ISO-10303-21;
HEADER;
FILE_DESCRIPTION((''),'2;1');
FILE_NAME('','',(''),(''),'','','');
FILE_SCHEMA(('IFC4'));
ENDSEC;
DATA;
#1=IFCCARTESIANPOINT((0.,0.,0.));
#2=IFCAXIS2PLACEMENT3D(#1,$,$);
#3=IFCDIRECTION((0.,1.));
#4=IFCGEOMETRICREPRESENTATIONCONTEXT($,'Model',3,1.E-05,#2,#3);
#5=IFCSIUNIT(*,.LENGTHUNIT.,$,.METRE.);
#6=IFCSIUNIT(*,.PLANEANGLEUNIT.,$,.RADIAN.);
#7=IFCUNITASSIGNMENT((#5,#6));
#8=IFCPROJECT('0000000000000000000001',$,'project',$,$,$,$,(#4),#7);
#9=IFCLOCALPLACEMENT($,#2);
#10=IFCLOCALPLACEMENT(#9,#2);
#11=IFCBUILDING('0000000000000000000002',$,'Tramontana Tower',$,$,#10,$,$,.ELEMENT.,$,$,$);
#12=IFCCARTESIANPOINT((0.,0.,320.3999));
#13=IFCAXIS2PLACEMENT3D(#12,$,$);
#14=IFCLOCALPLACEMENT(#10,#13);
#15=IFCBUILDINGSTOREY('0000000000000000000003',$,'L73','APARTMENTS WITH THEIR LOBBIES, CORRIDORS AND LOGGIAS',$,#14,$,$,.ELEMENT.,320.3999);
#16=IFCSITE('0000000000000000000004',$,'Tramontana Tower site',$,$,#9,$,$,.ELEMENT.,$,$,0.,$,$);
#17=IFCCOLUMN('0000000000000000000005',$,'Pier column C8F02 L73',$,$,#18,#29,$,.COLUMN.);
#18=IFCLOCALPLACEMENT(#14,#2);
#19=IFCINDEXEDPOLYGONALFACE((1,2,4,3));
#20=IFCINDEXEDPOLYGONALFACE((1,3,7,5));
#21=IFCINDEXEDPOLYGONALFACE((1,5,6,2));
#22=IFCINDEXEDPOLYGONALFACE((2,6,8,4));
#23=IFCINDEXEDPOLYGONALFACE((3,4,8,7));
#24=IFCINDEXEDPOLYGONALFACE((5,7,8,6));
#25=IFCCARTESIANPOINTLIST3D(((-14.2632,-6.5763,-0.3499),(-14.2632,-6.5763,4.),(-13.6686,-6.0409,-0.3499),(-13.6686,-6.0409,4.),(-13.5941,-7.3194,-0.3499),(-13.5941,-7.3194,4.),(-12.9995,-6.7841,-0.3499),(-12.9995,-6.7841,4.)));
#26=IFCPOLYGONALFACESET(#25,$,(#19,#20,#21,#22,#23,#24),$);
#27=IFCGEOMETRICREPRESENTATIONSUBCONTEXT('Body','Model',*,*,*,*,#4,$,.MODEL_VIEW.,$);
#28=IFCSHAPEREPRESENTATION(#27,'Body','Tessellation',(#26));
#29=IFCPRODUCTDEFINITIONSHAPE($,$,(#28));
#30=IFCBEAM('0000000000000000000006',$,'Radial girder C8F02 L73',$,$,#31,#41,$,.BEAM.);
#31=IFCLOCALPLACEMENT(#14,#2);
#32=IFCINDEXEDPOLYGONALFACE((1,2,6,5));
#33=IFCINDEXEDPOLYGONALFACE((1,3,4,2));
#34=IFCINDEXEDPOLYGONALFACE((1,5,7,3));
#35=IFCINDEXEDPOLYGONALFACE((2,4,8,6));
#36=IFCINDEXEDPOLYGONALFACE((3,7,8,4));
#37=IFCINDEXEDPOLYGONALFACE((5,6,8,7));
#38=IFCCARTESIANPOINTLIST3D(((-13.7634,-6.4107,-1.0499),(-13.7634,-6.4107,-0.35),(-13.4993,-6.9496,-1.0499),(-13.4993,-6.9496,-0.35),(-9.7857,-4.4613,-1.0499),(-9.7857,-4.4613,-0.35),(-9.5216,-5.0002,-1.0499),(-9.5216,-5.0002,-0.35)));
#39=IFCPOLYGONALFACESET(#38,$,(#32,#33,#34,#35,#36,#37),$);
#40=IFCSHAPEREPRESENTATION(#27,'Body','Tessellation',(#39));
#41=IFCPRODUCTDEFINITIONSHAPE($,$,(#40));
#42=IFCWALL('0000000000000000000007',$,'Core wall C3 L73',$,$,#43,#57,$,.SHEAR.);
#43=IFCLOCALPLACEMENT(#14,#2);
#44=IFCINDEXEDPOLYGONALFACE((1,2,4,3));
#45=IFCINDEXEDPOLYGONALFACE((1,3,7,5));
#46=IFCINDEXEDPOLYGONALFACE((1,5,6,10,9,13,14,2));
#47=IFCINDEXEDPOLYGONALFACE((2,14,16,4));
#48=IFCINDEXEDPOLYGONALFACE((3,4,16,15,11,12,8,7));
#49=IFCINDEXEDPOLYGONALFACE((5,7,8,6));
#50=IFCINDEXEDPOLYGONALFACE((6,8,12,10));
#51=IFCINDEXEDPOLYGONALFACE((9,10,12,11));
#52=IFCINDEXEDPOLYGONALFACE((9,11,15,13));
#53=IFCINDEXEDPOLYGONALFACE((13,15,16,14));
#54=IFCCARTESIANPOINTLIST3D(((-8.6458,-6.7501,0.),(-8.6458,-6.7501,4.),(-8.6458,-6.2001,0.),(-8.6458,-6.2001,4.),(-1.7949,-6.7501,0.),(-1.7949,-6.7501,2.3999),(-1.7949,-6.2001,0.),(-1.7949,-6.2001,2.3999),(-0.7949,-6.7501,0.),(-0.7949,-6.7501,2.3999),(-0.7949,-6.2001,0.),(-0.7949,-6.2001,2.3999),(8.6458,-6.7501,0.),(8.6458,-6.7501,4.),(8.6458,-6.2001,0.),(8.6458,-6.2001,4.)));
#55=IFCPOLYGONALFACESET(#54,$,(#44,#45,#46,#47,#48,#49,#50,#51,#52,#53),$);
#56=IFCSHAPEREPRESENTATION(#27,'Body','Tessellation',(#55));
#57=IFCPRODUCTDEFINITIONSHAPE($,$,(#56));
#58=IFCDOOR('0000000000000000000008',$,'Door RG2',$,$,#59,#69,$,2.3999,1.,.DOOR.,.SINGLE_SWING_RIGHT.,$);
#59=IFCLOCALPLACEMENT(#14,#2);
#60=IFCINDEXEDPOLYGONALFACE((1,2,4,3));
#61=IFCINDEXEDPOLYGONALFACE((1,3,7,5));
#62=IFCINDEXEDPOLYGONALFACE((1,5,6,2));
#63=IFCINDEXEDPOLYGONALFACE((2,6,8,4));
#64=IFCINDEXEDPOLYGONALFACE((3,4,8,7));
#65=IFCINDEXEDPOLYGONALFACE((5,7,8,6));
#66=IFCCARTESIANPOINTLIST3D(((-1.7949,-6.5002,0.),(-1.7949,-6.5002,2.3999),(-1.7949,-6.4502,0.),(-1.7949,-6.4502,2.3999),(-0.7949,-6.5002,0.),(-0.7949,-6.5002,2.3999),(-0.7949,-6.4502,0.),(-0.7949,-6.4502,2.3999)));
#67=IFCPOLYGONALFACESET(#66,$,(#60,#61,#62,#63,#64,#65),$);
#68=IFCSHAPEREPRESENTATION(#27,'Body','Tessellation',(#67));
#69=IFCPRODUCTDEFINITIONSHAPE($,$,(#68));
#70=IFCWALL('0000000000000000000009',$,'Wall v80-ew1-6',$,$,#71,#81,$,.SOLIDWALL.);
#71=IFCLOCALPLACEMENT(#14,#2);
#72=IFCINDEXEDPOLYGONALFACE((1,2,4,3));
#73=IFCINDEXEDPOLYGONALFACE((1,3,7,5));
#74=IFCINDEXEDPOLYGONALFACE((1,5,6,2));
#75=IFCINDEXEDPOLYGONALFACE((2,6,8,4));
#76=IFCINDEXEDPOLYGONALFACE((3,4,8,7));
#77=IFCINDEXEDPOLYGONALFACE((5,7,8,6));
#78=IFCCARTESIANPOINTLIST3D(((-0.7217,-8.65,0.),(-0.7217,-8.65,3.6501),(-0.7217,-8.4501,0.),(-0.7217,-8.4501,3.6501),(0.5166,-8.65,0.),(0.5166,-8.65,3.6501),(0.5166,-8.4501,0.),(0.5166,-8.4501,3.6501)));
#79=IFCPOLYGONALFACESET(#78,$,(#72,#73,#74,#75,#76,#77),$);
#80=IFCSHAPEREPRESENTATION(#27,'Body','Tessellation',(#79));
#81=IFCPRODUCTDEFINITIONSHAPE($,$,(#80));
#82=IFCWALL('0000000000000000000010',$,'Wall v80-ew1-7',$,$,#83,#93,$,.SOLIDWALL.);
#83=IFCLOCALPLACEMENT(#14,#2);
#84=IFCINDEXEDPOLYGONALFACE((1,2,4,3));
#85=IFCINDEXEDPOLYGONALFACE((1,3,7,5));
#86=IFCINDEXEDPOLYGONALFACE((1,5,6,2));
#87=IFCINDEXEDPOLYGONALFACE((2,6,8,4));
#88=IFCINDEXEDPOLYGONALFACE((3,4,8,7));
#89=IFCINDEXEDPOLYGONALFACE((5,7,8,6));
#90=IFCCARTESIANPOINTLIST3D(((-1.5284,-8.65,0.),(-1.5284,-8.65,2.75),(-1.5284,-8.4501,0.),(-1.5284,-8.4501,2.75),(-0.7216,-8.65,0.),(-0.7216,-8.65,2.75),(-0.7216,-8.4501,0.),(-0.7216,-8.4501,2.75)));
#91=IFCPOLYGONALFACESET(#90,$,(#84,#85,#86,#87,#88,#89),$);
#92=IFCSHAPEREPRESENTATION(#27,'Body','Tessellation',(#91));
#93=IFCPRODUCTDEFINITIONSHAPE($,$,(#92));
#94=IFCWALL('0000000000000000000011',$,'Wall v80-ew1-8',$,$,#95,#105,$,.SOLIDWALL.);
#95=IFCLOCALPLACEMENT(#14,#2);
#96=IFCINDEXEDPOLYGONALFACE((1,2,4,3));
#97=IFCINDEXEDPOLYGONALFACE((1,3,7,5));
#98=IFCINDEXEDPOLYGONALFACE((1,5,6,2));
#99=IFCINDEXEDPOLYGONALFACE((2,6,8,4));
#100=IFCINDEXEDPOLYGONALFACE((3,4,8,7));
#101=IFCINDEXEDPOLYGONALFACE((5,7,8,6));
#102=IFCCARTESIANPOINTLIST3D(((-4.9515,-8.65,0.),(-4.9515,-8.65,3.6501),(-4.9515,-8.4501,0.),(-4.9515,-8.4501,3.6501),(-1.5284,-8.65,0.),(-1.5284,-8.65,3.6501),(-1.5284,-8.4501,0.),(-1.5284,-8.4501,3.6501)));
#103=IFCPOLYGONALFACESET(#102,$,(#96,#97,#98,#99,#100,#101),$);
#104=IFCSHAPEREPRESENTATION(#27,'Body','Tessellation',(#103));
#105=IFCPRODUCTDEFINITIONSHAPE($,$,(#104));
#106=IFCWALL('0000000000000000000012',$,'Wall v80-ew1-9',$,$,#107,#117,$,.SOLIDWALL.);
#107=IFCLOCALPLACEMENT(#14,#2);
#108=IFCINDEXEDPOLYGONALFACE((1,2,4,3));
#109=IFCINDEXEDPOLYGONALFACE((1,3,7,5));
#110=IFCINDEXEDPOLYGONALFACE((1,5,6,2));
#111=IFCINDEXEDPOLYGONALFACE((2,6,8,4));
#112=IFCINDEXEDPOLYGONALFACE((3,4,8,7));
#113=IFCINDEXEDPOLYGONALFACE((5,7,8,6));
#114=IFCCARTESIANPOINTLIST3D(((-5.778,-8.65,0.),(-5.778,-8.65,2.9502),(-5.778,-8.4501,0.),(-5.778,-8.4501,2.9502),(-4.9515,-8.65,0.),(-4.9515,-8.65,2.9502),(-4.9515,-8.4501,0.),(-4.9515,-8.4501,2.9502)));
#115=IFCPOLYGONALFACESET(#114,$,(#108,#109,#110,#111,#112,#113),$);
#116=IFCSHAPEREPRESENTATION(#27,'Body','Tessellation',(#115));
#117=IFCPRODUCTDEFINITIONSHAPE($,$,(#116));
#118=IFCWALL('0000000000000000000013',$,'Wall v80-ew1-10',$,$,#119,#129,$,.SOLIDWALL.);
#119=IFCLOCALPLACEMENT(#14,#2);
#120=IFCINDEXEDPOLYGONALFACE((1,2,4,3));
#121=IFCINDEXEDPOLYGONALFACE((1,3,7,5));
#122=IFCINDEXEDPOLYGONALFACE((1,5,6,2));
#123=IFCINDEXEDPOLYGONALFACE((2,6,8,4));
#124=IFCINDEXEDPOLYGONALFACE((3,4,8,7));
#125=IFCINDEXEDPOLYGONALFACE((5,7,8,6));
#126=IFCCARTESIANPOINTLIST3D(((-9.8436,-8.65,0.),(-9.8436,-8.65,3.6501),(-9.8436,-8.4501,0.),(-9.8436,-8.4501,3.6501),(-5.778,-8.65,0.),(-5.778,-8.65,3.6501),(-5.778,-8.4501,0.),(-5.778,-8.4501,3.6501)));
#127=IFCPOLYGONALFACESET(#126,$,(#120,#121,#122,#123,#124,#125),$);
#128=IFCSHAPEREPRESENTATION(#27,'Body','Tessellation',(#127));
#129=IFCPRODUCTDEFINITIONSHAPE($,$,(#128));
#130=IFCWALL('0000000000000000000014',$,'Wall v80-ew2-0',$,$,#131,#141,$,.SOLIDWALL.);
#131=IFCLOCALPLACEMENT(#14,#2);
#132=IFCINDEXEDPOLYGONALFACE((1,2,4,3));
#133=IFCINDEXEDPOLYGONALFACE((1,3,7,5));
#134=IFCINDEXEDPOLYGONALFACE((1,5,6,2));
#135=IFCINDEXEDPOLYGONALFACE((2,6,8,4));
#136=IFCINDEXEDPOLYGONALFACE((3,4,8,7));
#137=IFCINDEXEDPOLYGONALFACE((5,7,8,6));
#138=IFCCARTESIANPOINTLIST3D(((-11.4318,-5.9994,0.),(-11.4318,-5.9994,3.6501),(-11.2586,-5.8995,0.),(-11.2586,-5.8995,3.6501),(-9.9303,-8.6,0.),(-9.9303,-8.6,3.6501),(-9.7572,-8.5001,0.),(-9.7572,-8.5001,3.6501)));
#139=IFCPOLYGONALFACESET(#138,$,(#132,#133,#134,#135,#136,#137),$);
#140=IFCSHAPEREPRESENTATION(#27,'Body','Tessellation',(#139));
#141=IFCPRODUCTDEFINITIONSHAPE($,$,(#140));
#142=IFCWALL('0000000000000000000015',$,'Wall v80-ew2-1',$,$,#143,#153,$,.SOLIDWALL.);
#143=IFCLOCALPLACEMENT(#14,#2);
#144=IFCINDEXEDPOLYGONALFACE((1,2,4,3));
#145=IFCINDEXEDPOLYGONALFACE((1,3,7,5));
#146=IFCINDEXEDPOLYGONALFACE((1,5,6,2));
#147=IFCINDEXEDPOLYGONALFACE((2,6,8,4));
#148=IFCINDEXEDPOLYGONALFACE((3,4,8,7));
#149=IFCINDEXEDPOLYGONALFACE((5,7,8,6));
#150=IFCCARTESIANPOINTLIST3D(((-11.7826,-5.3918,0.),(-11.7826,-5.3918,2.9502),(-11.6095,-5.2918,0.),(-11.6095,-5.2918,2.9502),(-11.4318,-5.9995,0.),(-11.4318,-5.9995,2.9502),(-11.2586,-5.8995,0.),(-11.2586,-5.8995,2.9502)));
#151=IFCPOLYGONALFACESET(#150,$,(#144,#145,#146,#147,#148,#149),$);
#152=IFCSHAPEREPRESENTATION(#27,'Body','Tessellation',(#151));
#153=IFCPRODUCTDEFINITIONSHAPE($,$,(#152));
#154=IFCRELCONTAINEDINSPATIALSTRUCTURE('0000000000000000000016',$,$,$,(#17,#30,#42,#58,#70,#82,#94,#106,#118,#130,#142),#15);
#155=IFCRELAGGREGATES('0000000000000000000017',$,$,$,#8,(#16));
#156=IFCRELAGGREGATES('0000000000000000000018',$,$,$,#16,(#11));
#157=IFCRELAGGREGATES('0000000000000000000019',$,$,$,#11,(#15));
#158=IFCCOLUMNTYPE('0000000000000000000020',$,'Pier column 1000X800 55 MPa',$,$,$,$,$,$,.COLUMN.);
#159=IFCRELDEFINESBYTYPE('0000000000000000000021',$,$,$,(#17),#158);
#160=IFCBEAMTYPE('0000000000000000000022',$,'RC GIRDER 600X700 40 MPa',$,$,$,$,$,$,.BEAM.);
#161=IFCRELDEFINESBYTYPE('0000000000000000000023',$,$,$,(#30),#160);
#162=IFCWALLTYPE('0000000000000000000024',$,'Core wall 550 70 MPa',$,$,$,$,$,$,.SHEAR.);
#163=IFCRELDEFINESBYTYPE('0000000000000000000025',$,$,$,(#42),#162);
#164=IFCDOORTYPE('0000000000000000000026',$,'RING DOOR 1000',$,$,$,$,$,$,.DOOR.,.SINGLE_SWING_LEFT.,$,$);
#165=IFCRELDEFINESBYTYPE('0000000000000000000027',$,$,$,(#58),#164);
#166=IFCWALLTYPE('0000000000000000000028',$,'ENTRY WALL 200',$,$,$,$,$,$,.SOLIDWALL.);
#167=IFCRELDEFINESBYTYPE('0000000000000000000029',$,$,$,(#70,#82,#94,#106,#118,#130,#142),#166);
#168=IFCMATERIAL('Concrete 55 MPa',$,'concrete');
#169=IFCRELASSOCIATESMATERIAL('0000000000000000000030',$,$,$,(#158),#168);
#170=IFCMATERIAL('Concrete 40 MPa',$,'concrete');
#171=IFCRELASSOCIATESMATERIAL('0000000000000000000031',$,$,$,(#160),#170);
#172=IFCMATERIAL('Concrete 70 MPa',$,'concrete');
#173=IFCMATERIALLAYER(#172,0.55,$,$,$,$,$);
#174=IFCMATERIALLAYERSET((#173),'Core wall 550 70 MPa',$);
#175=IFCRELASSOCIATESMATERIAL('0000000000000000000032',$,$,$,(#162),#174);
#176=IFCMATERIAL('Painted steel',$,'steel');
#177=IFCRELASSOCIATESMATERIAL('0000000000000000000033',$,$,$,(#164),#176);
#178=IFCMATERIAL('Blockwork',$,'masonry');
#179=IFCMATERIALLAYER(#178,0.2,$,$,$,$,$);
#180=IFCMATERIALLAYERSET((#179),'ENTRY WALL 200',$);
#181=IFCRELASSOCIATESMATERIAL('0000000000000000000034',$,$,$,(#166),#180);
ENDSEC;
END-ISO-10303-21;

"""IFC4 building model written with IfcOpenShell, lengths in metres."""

from ifc_helpers import new_model, si_unit, direction, frame, frame_2d, origin, origin_2d, place, context, subcontext, project, spatial, rectangle, extrude, material, layer, layer_set, material_profile, profile_set, type_object, element, fill, save


model = new_model("IFC4")

# Units and contexts
model_context = context("Model", 3, precision=1e-05, world=origin(), true_north=direction((0.0, 1.0)))
body_context = subcontext(model_context, "Body", "Model", "MODEL_VIEW")
ifc_project = project(units=[si_unit("LENGTHUNIT", "METRE"), si_unit("PLANEANGLEUNIT", "RADIAN")], contexts=[model_context])

# Site, building, storey
site_placement = place(None, origin())
site = spatial("IfcSite", under=ifc_project, at=site_placement, Name="Tramontana Tower site", CompositionType="ELEMENT", RefElevation=0.0)
building_placement = place(site_placement, origin())
building = spatial("IfcBuilding", under=site, at=building_placement, Name="Tramontana Tower", CompositionType="ELEMENT")
storey_placement = place(building_placement, frame((0.0, 0.0, 320.3999)))
storey = spatial("IfcBuildingStorey", under=building, at=storey_placement, Name="L73", Description="APARTMENTS WITH THEIR LOBBIES, CORRIDORS AND LOGGIAS", CompositionType="ELEMENT", Elevation=320.3999)

# Column
ifc_material_1 = material(Name="Concrete 55 MPa", Category="concrete")
ifc_material_profile_1 = material_profile(ifc_material_1, rectangle(XDim=1.0, YDim=0.8, at=origin_2d()), Name="Pier column 1000X800 55 MPa")
ifc_profile_set_1 = profile_set([ifc_material_profile_1], Name="Concrete 55 MPa")
column_type = type_object("IfcColumnType", Name="Pier column 1000X800 55 MPa", PredefinedType="COLUMN", material=ifc_profile_set_1)
column_placement = place(storey_placement, frame((-13.6313, -6.6802, -0.3499), z_axis=(0.0, 0.0, 1.0), x_axis=(0.669131, -0.743145, 0.0)))
element("IfcColumn", 1, at=column_placement, inside=storey, type_object=column_type, Name="Pier column C8F02 L73", PredefinedType="COLUMN", context=body_context, shape_type="SweptSolid", body=[
    extrude(rectangle(XDim=1.0, YDim=0.8, at=origin_2d()), origin(), (0.0, 0.0, 1.0), 4.3499),
])

# Beam
ifc_material_2 = material(Name="Concrete 40 MPa", Category="concrete")
ifc_material_profile_2 = material_profile(ifc_material_2, rectangle(XDim=0.6001, YDim=0.7, at=origin_2d()), Name="RC GIRDER 600X700 40 MPa")
ifc_profile_set_2 = profile_set([ifc_material_profile_2], Name="Concrete 40 MPa")
beam_type = type_object("IfcBeamType", Name="RC GIRDER 600X700 40 MPa", PredefinedType="BEAM", material=ifc_profile_set_2)
beam_placement = place(storey_placement, frame((-13.6313, -6.6802, -0.7), z_axis=(0.897959, 0.440079, 0.0), x_axis=(-0.440079, 0.897959, 0.0)))
element("IfcBeam", 2, at=beam_placement, inside=storey, type_object=beam_type, Name="Radial girder C8F02 L73", PredefinedType="BEAM", context=body_context, shape_type="SweptSolid", body=[
    extrude(rectangle(XDim=0.6001, YDim=0.7, at=origin_2d()), origin(), (0.0, 0.0, 1.0), 4.4297),
])

# Wall, opening, door
ifc_material_3 = material(Name="Concrete 70 MPa", Category="concrete")
ifc_layer_1 = layer(ifc_material_3, 0.55)
ifc_layer_set_1 = layer_set([ifc_layer_1], Name="Core wall 550 70 MPa")
wall_type_1 = type_object("IfcWallType", Name="Core wall 550 70 MPa", PredefinedType="SHEAR", material=ifc_layer_set_1)
wall_1_placement = place(storey_placement, frame((-8.6458, -6.4751, 0.0), z_axis=(0.0, 0.0, 1.0), x_axis=(1.0, 0.0, 0.0)))
wall_1 = element("IfcWall", 3, at=wall_1_placement, inside=storey, type_object=wall_type_1, Name="Core wall C3 L73", PredefinedType="SHEAR", context=body_context, shape_type="SweptSolid", body=[
    extrude(rectangle(XDim=17.2915, YDim=0.55, at=frame_2d((8.6458, 0.0))), origin(), (0.0, 0.0, 1.0), 4.0),
])
opening_1_placement = place(wall_1_placement, frame((6.8508, 0.0, 0.0)))
opening_1 = element("IfcOpeningElement", 4, at=opening_1_placement, cuts=wall_1, PredefinedType="OPENING", context=body_context, shape_type="SweptSolid", body=[
    extrude(rectangle(XDim=1.0, YDim=2.3999, at=frame_2d((0.5, 1.2))), frame((0.0, 0.2849, 0.0), z_axis=(0.0, -1.0, 0.0), x_axis=(1.0, 0.0, 0.0)), (0.0, 0.0, 1.0), 0.5701),
])
ifc_material_4 = material(Name="Painted steel", Category="steel")
door_type_1 = type_object("IfcDoorType", Name="RING DOOR 1000", OperationType="SINGLE_SWING_LEFT", PredefinedType="DOOR", material=ifc_material_4)
door_1_placement = place(opening_1_placement, origin())
door_1 = element("IfcDoor", 5, at=door_1_placement, inside=storey, type_object=door_type_1, Name="Door RG2", OperationType="SINGLE_SWING_RIGHT", OverallHeight=2.3999, OverallWidth=1.0, PredefinedType="DOOR", context=body_context, shape_type="SweptSolid", body=[
    extrude(rectangle(XDim=1.0, YDim=2.3999, at=frame_2d((0.5, 1.2))), frame((0.0, 0.0249, 0.0), z_axis=(0.0, -1.0, 0.0), x_axis=(1.0, 0.0, 0.0)), (0.0, 0.0, 1.0), 0.05),
])
fill(opening_1, door_1)

# Walls
ifc_material_5 = material(Name="Blockwork", Category="masonry")
ifc_layer_2 = layer(ifc_material_5, 0.2)
ifc_layer_set_2 = layer_set([ifc_layer_2], Name="ENTRY WALL 200")
wall_type_2 = type_object("IfcWallType", Name="ENTRY WALL 200", PredefinedType="SOLIDWALL", material=ifc_layer_set_2)
wall_2_placement = place(storey_placement, frame((0.5166, -8.55, 0.0), z_axis=(0.0, 0.0, 1.0), x_axis=(-1.0, 0.0, 0.0)))
element("IfcWall", 6, at=wall_2_placement, inside=storey, type_object=wall_type_2, Name="Wall v80-ew1-6", PredefinedType="SOLIDWALL", context=body_context, shape_type="SweptSolid", body=[
    extrude(rectangle(XDim=1.2383, YDim=0.2, at=frame_2d((0.6191, 0.0))), origin(), (0.0, 0.0, 1.0), 3.6501),
])
wall_3_placement = place(storey_placement, frame((-0.7217, -8.55, 0.0), z_axis=(0.0, 0.0, 1.0), x_axis=(-1.0, 0.0, 0.0)))
element("IfcWall", 7, at=wall_3_placement, inside=storey, type_object=wall_type_2, Name="Wall v80-ew1-7", PredefinedType="SOLIDWALL", context=body_context, shape_type="SweptSolid", body=[
    extrude(rectangle(XDim=0.8069, YDim=0.2, at=frame_2d((0.4033, 0.0))), origin(), (0.0, 0.0, 1.0), 2.75),
])
wall_4_placement = place(storey_placement, frame((-1.5286, -8.55, 0.0), z_axis=(0.0, 0.0, 1.0), x_axis=(-1.0, 0.0, 0.0)))
element("IfcWall", 8, at=wall_4_placement, inside=storey, type_object=wall_type_2, Name="Wall v80-ew1-8", PredefinedType="SOLIDWALL", context=body_context, shape_type="SweptSolid", body=[
    extrude(rectangle(XDim=3.4231, YDim=0.2, at=frame_2d((1.7114, 0.0))), origin(), (0.0, 0.0, 1.0), 3.6501),
])
wall_5_placement = place(storey_placement, frame((-4.9517, -8.55, 0.0), z_axis=(0.0, 0.0, 1.0), x_axis=(-1.0, 0.0, 0.0)))
element("IfcWall", 9, at=wall_5_placement, inside=storey, type_object=wall_type_2, Name="Wall v80-ew1-9", PredefinedType="SOLIDWALL", context=body_context, shape_type="SweptSolid", body=[
    extrude(rectangle(XDim=0.8264, YDim=0.2, at=frame_2d((0.4131, 0.0))), origin(), (0.0, 0.0, 1.0), 2.9502),
])
wall_6_placement = place(storey_placement, frame((-5.7781, -8.55, 0.0), z_axis=(0.0, 0.0, 1.0), x_axis=(-1.0, 0.0, 0.0)))
element("IfcWall", 10, at=wall_6_placement, inside=storey, type_object=wall_type_2, Name="Wall v80-ew1-10", PredefinedType="SOLIDWALL", context=body_context, shape_type="SweptSolid", body=[
    extrude(rectangle(XDim=4.0657, YDim=0.2, at=frame_2d((2.0327, 0.0))), origin(), (0.0, 0.0, 1.0), 3.6501),
])
wall_7_placement = place(storey_placement, frame((-9.8438, -8.55, 0.0), z_axis=(0.0, 0.0, 1.0), x_axis=(-0.500004, 0.866023, 0.0)))
element("IfcWall", 11, at=wall_7_placement, inside=storey, type_object=wall_type_2, Name="Wall v80-ew2-0", PredefinedType="SOLIDWALL", context=body_context, shape_type="SweptSolid", body=[
    extrude(rectangle(XDim=3.0029, YDim=0.2, at=frame_2d((1.5015, 0.0))), origin(), (0.0, 0.0, 1.0), 3.6501),
])
wall_8_placement = place(storey_placement, frame((-11.3452, -5.9495, 0.0), z_axis=(0.0, 0.0, 1.0), x_axis=(-0.499994, 0.866029, 0.0)))
element("IfcWall", 12, at=wall_8_placement, inside=storey, type_object=wall_type_2, Name="Wall v80-ew2-1", PredefinedType="SOLIDWALL", context=body_context, shape_type="SweptSolid", body=[
    extrude(rectangle(XDim=0.7017, YDim=0.2, at=frame_2d((0.3508, 0.0))), origin(), (0.0, 0.0, 1.0), 2.9502),
])

save(model, "model.ifc")
